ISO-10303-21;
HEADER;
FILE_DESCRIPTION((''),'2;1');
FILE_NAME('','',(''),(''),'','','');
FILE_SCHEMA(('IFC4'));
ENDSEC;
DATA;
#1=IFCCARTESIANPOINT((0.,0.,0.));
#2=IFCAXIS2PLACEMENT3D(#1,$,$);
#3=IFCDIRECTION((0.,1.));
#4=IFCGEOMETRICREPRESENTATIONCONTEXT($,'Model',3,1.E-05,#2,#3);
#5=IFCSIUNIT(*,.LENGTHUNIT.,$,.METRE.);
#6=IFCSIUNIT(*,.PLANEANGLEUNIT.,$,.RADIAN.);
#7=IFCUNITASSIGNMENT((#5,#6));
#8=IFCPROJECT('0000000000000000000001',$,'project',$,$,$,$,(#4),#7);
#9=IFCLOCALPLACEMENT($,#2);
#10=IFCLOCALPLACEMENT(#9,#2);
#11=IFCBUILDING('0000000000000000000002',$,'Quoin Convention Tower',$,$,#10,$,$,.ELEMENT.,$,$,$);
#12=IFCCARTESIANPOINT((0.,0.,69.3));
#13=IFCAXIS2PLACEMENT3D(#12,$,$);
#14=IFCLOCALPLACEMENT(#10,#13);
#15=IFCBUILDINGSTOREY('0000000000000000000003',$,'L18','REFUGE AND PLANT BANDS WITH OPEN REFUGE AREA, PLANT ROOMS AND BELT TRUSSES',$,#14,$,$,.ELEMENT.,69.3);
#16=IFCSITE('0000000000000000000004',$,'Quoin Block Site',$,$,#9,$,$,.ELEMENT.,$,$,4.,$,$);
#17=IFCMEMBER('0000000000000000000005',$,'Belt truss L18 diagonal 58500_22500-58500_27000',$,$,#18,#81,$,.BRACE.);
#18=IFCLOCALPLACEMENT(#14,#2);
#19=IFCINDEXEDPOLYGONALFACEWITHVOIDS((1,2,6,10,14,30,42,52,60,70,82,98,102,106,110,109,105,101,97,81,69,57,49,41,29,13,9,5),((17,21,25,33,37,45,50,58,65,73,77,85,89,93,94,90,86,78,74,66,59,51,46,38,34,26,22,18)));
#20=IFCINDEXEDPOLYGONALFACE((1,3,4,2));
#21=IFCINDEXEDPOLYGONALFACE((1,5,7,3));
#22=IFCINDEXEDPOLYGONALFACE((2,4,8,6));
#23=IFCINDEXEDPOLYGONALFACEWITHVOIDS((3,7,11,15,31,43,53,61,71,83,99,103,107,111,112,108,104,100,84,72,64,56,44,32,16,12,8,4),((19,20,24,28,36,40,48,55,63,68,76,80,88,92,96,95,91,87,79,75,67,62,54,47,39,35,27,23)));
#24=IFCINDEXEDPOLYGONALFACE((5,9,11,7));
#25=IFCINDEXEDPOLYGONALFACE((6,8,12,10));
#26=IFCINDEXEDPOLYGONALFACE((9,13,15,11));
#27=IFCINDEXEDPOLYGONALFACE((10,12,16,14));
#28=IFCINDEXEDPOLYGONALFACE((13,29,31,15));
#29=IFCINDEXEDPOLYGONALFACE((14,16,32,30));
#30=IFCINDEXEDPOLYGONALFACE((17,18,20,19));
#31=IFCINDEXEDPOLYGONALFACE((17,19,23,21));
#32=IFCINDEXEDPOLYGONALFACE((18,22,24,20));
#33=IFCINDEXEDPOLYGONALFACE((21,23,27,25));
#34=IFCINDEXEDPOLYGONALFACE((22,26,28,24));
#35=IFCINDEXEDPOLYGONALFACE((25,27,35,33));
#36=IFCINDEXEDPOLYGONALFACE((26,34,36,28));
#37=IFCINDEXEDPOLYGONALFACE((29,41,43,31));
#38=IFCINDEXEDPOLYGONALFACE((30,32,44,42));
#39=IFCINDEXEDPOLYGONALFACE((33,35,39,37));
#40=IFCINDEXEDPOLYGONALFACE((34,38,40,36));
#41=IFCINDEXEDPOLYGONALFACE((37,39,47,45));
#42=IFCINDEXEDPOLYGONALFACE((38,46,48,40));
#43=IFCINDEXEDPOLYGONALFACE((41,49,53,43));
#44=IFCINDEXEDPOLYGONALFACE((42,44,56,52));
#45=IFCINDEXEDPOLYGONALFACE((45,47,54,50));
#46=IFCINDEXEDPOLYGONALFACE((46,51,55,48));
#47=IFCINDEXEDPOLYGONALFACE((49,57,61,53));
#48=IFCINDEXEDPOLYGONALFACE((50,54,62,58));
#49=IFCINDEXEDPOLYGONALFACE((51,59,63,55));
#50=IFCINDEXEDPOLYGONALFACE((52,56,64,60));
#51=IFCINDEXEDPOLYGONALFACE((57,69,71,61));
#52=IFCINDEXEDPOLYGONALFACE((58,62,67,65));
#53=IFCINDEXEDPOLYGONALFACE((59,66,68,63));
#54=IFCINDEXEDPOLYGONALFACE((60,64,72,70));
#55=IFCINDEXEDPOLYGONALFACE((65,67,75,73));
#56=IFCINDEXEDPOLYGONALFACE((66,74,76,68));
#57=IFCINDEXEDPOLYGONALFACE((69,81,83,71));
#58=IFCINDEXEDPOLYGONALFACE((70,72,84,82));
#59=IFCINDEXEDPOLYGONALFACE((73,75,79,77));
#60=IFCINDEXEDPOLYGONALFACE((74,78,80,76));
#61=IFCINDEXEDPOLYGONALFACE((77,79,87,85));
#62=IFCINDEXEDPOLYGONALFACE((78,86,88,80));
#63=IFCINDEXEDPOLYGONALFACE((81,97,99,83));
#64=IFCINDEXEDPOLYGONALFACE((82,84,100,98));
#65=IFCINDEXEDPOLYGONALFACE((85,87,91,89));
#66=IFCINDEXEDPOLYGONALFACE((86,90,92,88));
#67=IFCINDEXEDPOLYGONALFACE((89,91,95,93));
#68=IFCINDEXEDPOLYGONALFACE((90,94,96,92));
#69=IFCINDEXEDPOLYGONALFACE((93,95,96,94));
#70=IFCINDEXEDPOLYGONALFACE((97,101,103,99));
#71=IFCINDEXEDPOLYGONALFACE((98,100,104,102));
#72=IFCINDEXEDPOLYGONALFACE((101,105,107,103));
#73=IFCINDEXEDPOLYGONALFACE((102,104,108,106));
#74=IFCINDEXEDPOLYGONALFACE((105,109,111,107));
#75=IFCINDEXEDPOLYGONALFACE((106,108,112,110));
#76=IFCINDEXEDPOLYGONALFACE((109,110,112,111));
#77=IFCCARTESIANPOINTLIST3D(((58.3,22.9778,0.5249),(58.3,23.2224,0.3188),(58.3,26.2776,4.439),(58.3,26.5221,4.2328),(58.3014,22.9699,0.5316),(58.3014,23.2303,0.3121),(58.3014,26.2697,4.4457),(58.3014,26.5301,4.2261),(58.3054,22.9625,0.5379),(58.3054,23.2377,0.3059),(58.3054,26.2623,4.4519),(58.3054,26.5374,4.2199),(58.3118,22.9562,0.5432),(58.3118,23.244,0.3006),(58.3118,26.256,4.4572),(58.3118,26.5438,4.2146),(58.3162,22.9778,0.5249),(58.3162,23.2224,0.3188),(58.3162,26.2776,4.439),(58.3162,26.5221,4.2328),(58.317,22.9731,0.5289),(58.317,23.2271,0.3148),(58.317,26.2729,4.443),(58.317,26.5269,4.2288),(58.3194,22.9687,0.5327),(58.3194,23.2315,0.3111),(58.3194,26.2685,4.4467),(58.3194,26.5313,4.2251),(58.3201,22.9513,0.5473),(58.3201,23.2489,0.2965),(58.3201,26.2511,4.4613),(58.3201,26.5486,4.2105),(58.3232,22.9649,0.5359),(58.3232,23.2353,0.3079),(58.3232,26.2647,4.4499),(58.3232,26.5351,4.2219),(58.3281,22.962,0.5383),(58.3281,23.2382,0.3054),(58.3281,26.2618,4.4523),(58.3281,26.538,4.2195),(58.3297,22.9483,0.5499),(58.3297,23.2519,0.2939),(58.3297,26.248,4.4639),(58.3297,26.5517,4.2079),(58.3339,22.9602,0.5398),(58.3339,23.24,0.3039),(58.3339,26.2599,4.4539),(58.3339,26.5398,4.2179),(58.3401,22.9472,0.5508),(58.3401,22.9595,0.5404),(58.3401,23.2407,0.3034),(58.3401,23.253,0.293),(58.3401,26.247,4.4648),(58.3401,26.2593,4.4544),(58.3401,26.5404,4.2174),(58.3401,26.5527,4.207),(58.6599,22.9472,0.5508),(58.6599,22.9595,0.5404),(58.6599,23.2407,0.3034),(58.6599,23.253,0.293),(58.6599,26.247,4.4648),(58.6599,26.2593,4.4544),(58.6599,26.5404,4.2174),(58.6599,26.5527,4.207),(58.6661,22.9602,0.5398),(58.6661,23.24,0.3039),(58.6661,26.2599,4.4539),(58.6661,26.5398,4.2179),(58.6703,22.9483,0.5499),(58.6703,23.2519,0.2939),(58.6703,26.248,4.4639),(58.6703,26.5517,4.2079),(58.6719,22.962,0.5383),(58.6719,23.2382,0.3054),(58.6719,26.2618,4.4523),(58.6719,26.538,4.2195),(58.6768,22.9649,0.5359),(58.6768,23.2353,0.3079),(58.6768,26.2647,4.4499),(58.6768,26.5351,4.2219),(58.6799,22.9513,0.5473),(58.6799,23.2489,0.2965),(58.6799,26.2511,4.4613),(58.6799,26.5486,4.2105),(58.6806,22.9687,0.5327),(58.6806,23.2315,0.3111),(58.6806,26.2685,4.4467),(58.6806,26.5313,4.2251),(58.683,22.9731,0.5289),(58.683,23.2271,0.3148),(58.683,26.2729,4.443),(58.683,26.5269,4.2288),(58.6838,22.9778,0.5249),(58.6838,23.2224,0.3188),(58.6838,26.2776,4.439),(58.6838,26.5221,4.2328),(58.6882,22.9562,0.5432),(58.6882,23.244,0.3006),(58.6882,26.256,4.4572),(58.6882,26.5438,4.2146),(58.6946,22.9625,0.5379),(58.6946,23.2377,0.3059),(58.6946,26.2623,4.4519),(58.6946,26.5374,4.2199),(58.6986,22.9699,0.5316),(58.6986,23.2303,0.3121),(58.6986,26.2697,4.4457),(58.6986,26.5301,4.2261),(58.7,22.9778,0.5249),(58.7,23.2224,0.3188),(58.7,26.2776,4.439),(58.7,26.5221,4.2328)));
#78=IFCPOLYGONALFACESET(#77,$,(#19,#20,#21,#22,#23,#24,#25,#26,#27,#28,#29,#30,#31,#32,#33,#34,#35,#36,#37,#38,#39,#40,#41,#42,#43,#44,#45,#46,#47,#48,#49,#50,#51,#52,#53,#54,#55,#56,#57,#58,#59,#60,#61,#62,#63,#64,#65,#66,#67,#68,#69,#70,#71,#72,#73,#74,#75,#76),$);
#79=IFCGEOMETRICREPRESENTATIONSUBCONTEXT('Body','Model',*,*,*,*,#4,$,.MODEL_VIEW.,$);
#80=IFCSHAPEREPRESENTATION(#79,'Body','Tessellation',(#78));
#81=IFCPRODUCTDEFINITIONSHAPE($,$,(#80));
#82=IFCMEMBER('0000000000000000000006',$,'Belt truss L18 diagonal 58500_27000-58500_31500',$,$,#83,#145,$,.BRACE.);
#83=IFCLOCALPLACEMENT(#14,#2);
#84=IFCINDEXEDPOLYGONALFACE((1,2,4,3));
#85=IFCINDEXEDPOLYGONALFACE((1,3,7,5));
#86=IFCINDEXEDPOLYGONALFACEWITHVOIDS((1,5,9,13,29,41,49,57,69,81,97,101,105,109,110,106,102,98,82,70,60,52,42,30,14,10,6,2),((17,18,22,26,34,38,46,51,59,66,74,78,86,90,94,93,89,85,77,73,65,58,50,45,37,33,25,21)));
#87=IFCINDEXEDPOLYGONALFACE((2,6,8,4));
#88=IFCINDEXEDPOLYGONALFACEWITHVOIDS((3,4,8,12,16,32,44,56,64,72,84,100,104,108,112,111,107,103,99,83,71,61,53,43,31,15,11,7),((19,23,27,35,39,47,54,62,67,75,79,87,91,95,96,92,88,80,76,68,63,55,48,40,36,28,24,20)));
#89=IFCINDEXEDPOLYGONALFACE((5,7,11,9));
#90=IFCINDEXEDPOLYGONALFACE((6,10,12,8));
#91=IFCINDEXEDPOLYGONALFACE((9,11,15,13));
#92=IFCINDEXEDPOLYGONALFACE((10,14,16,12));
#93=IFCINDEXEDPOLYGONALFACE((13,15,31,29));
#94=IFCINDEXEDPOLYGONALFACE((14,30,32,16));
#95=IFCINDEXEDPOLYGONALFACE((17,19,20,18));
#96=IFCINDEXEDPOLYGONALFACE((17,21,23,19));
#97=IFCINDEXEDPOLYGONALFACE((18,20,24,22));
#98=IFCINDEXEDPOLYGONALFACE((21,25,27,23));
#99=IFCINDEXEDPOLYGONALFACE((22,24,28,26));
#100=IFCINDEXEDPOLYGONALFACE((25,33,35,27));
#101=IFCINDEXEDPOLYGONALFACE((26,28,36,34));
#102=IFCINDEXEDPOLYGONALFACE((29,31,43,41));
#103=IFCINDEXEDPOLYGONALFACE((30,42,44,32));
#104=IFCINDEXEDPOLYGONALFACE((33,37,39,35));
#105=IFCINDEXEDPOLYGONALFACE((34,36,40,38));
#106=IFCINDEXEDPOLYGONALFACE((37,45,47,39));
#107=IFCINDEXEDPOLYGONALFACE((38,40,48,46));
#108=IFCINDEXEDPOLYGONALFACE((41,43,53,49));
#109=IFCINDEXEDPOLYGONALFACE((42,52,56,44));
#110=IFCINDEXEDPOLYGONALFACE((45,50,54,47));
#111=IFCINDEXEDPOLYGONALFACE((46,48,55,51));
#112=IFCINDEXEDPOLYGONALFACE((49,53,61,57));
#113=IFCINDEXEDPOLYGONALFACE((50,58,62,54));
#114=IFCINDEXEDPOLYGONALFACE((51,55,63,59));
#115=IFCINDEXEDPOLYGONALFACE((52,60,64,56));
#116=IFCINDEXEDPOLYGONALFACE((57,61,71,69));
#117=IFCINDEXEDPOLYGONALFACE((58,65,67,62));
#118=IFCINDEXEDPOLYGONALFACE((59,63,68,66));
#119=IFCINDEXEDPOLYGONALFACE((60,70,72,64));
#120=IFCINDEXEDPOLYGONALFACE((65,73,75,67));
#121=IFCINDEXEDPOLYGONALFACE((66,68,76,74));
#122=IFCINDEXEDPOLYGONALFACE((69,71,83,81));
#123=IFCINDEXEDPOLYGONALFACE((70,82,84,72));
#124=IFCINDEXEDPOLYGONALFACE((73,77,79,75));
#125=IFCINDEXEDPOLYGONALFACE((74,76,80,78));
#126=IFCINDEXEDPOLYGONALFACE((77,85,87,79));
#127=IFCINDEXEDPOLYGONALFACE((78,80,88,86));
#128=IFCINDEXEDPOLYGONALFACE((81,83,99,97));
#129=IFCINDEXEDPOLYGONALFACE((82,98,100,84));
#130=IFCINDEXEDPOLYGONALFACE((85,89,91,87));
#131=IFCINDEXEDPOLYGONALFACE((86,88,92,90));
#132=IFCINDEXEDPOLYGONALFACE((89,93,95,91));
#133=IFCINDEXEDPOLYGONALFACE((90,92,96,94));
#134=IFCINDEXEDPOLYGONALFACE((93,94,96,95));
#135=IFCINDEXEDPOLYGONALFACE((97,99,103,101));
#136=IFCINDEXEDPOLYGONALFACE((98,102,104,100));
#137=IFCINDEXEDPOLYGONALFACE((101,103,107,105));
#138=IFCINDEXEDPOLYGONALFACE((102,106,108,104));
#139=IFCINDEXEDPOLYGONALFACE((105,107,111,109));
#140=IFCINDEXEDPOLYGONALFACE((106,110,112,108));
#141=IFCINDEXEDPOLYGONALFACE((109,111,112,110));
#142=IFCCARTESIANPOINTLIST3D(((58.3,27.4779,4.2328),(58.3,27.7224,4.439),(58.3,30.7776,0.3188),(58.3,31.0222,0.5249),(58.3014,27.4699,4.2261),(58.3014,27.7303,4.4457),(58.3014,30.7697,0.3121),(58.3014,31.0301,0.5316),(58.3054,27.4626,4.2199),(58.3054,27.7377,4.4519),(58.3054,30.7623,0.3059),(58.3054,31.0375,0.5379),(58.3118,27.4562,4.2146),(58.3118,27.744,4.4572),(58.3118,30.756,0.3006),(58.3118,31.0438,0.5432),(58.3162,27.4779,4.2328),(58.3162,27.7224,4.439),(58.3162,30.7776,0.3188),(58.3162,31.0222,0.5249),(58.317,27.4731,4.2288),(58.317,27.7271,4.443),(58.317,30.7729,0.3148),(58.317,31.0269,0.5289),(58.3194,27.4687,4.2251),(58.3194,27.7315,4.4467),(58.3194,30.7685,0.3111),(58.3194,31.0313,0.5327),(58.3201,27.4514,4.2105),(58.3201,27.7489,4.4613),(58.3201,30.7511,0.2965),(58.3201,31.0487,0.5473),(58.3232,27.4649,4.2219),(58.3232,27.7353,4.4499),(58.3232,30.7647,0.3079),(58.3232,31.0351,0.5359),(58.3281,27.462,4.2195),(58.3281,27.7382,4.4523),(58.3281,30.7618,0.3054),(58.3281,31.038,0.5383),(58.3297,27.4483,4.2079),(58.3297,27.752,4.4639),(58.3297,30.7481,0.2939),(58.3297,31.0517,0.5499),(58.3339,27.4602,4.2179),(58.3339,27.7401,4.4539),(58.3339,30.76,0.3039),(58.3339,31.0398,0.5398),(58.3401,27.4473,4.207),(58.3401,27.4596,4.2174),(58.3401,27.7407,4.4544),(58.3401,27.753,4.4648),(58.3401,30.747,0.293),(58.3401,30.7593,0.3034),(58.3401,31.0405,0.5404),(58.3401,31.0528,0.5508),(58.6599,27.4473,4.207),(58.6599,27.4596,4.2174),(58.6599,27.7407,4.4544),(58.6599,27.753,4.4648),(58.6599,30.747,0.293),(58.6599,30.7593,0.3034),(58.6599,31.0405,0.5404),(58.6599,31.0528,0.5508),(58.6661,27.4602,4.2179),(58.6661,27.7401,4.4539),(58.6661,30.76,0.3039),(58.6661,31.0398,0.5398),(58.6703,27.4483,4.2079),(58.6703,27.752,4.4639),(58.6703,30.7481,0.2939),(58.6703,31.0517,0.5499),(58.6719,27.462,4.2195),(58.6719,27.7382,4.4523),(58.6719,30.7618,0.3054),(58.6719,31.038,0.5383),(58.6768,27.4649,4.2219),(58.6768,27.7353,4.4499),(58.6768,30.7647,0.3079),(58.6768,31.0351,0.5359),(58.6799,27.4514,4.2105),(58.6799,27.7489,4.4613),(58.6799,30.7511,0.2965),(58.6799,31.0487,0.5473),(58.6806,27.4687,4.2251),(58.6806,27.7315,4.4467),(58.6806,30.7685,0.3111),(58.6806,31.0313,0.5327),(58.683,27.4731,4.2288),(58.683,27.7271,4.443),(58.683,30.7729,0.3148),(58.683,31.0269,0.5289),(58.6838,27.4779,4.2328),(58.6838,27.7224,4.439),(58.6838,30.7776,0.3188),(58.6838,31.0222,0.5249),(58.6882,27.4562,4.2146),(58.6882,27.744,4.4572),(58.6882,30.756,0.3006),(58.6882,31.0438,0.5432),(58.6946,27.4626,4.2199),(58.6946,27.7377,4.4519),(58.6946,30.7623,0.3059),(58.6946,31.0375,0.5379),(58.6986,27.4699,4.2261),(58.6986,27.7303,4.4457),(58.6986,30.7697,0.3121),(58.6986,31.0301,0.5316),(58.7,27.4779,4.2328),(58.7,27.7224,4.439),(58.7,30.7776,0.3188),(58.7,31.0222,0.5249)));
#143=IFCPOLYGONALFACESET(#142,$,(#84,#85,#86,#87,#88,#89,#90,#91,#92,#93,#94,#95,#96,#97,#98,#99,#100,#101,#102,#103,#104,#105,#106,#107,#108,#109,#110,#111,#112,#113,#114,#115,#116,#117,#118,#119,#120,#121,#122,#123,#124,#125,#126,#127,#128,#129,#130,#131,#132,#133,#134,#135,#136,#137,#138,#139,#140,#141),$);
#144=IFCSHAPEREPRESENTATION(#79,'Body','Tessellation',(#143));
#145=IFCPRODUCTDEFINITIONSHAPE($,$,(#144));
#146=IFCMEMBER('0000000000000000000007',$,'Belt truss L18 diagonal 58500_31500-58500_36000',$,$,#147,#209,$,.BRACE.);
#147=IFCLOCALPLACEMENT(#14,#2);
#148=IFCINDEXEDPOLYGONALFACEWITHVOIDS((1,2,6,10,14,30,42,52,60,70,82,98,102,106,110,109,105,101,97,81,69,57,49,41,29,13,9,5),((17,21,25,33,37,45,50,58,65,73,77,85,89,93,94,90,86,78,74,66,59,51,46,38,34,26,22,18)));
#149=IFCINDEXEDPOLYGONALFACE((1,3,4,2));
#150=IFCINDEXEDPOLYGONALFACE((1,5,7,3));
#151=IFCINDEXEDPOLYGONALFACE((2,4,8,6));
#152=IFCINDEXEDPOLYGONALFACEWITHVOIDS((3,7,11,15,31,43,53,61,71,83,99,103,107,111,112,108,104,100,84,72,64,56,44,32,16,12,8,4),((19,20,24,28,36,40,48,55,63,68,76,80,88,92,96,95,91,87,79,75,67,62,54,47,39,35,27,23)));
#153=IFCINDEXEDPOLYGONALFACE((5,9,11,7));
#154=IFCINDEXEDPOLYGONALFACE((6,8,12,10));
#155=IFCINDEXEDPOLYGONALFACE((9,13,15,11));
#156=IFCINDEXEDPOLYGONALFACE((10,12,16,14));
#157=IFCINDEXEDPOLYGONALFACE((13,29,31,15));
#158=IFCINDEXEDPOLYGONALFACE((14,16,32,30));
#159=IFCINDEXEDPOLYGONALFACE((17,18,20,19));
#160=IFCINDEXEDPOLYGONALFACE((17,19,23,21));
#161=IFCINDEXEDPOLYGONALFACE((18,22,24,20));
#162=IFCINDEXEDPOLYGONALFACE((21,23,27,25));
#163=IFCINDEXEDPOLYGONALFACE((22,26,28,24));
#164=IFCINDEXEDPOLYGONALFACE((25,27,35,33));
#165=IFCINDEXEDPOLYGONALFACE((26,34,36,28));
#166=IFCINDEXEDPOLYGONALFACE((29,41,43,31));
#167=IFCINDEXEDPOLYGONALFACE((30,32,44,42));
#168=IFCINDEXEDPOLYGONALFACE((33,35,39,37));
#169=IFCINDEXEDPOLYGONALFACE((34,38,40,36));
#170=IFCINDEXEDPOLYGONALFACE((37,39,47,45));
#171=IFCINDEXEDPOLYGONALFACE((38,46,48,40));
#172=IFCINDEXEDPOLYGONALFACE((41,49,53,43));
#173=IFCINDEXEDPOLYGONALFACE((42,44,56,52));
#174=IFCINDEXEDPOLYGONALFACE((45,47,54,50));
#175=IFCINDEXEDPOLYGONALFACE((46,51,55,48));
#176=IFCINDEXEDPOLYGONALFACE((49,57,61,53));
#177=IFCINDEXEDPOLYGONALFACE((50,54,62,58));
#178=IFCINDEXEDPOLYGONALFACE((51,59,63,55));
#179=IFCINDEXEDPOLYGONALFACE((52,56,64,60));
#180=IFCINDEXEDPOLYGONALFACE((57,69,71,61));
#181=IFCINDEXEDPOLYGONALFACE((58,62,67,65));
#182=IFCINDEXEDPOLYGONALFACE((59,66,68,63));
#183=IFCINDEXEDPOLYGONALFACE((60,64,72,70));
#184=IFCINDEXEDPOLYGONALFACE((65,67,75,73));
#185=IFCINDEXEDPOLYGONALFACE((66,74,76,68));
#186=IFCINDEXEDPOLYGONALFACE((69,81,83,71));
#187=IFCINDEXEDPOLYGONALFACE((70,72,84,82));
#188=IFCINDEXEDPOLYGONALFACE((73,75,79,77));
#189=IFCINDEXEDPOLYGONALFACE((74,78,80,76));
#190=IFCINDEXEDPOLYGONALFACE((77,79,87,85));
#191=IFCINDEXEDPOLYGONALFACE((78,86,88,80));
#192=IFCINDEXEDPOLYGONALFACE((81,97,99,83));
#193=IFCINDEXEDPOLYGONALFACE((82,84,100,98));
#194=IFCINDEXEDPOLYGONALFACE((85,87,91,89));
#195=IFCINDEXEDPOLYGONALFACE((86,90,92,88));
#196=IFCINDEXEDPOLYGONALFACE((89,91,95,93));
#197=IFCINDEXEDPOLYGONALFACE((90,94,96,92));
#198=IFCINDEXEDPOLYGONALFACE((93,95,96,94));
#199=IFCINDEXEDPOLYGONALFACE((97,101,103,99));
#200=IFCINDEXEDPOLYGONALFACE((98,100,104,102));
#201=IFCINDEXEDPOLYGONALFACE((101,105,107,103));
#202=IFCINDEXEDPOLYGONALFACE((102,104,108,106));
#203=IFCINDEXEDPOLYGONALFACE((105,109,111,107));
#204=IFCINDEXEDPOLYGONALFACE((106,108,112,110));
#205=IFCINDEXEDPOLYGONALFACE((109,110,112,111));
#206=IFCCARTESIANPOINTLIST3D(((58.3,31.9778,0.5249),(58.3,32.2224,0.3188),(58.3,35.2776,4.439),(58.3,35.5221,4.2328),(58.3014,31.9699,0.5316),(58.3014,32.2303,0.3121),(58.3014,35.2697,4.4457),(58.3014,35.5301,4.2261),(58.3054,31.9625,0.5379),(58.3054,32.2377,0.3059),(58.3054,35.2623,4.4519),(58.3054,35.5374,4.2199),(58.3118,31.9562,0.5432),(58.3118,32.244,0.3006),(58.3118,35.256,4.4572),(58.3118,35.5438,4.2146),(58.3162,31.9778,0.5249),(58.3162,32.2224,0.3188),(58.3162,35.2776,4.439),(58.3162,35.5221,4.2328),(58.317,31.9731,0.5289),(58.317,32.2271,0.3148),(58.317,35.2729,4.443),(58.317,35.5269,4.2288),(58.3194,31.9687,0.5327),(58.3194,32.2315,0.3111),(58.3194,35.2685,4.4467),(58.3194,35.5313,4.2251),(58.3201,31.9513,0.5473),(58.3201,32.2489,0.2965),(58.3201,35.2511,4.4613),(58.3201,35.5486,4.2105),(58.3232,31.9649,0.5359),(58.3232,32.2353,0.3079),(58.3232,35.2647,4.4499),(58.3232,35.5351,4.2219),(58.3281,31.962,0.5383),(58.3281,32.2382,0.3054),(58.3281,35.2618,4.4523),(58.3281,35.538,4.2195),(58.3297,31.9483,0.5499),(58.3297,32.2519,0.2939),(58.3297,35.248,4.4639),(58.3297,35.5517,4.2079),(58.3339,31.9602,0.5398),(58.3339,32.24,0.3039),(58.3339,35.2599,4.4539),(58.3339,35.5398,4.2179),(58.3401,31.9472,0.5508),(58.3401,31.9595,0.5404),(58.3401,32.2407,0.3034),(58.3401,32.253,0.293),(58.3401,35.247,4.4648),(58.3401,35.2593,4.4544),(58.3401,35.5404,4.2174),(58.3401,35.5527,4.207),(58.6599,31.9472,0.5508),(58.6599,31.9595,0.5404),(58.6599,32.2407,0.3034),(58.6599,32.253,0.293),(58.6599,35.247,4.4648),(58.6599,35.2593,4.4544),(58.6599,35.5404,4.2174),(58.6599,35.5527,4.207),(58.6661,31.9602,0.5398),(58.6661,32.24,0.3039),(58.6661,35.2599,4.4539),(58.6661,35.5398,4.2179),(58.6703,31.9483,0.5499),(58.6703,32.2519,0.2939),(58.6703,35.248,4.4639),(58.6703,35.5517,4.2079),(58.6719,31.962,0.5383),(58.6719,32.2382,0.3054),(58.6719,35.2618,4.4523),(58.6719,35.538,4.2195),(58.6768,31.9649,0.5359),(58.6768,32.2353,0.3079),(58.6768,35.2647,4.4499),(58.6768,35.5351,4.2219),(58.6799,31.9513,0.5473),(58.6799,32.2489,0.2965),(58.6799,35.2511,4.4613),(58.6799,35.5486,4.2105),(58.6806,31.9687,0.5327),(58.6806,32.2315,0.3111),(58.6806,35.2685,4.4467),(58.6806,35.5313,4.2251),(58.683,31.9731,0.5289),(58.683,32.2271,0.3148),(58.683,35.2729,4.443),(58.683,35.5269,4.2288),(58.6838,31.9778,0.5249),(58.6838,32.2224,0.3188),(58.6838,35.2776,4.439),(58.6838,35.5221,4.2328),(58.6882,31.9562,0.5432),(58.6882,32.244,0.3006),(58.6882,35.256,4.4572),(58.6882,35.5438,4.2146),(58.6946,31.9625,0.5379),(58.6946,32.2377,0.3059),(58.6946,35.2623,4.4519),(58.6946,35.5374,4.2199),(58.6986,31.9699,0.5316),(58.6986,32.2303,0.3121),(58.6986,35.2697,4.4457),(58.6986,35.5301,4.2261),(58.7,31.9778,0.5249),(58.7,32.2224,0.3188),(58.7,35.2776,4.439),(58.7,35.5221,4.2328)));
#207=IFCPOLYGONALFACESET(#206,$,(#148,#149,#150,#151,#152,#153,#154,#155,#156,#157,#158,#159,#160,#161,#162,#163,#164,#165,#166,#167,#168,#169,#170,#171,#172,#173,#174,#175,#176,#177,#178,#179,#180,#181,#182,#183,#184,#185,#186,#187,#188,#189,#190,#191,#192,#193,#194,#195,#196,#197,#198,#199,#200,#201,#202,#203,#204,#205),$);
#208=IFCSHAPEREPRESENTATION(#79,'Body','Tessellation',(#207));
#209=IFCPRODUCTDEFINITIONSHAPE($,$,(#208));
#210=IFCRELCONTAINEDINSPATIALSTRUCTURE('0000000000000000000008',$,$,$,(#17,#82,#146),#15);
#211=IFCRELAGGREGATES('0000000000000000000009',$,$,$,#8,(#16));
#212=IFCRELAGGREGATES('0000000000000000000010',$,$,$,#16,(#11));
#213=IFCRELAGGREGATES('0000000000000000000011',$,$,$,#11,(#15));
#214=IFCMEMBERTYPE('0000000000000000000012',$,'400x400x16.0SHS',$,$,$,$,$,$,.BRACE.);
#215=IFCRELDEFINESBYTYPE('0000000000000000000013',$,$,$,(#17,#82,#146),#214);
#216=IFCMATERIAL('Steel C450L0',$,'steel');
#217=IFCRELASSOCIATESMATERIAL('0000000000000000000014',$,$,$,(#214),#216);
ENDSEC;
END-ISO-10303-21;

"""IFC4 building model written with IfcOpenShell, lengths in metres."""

from ifc_helpers import new_model, si_unit, direction, frame, origin, origin_2d, place, context, subcontext, project, spatial, hollow_rectangle, extrude, material, material_profile, profile_set, type_object, element, save


model = new_model("IFC4")

# Units and contexts
model_context = context("Model", 3, precision=1e-05, world=origin(), true_north=direction((0.0, 1.0)))
body_context = subcontext(model_context, "Body", "Model", "MODEL_VIEW")
ifc_project = project(units=[si_unit("LENGTHUNIT", "METRE"), si_unit("PLANEANGLEUNIT", "RADIAN")], contexts=[model_context])

# Site, building, storey
site_placement = place(None, origin())
site = spatial("IfcSite", under=ifc_project, at=site_placement, Name="Quoin Block Site", CompositionType="ELEMENT", RefElevation=4.0)
building_placement = place(site_placement, origin())
building = spatial("IfcBuilding", under=site, at=building_placement, Name="Quoin Convention Tower", CompositionType="ELEMENT")
storey_placement = place(building_placement, frame((0.0, 0.0, 69.3)))
storey = spatial("IfcBuildingStorey", under=building, at=storey_placement, Name="L18", Description="REFUGE AND PLANT BANDS WITH OPEN REFUGE AREA, PLANT ROOMS AND BELT TRUSSES", CompositionType="ELEMENT", Elevation=69.3)

# Members
ifc_material_1 = material(Name="Steel C450L0", Category="steel")
ifc_material_profile_1 = material_profile(ifc_material_1, hollow_rectangle(XDim=0.3999, YDim=0.3999, WallThickness=0.0161, InnerFilletRadius=0.0239, OuterFilletRadius=0.04, at=origin_2d()), Name="400x400x16.0SHS")
ifc_profile_set_1 = profile_set([ifc_material_profile_1], Name="Steel C450L0")
member_type_1 = type_object("IfcMemberType", Name="400x400x16.0SHS", PredefinedType="BRACE", material=ifc_profile_set_1)
for number, where, z_axis, x_axis, name in (
    (1, (58.5, 23.1001, 0.4219), (0.0, 0.644564, 0.76455), (-1.0, 0.0, 0.0), "Belt truss L18 diagonal 58500_22500-58500_27000"),
    (2, (58.5, 30.8999, 0.4219), (0.0, -0.644564, 0.76455), (1.0, 0.0, 0.0), "Belt truss L18 diagonal 58500_27000-58500_31500"),
    (3, (58.5, 32.1001, 0.4219), (0.0, 0.644564, 0.76455), (-1.0, 0.0, 0.0), "Belt truss L18 diagonal 58500_31500-58500_36000"),
):
    element("IfcMember", number, at=place(storey_placement, frame(where, z_axis=z_axis, x_axis=x_axis)), inside=storey, type_object=member_type_1, Name=name, PredefinedType="BRACE", context=body_context, shape_type="SweptSolid", body=[
        extrude(hollow_rectangle(XDim=0.3999, YDim=0.3999, WallThickness=0.0161, InnerFilletRadius=0.0239, OuterFilletRadius=0.04, at=origin_2d()), origin(), (0.0, 0.0, 1.0), 5.1194),
    ])

save(model, "model.ifc")
